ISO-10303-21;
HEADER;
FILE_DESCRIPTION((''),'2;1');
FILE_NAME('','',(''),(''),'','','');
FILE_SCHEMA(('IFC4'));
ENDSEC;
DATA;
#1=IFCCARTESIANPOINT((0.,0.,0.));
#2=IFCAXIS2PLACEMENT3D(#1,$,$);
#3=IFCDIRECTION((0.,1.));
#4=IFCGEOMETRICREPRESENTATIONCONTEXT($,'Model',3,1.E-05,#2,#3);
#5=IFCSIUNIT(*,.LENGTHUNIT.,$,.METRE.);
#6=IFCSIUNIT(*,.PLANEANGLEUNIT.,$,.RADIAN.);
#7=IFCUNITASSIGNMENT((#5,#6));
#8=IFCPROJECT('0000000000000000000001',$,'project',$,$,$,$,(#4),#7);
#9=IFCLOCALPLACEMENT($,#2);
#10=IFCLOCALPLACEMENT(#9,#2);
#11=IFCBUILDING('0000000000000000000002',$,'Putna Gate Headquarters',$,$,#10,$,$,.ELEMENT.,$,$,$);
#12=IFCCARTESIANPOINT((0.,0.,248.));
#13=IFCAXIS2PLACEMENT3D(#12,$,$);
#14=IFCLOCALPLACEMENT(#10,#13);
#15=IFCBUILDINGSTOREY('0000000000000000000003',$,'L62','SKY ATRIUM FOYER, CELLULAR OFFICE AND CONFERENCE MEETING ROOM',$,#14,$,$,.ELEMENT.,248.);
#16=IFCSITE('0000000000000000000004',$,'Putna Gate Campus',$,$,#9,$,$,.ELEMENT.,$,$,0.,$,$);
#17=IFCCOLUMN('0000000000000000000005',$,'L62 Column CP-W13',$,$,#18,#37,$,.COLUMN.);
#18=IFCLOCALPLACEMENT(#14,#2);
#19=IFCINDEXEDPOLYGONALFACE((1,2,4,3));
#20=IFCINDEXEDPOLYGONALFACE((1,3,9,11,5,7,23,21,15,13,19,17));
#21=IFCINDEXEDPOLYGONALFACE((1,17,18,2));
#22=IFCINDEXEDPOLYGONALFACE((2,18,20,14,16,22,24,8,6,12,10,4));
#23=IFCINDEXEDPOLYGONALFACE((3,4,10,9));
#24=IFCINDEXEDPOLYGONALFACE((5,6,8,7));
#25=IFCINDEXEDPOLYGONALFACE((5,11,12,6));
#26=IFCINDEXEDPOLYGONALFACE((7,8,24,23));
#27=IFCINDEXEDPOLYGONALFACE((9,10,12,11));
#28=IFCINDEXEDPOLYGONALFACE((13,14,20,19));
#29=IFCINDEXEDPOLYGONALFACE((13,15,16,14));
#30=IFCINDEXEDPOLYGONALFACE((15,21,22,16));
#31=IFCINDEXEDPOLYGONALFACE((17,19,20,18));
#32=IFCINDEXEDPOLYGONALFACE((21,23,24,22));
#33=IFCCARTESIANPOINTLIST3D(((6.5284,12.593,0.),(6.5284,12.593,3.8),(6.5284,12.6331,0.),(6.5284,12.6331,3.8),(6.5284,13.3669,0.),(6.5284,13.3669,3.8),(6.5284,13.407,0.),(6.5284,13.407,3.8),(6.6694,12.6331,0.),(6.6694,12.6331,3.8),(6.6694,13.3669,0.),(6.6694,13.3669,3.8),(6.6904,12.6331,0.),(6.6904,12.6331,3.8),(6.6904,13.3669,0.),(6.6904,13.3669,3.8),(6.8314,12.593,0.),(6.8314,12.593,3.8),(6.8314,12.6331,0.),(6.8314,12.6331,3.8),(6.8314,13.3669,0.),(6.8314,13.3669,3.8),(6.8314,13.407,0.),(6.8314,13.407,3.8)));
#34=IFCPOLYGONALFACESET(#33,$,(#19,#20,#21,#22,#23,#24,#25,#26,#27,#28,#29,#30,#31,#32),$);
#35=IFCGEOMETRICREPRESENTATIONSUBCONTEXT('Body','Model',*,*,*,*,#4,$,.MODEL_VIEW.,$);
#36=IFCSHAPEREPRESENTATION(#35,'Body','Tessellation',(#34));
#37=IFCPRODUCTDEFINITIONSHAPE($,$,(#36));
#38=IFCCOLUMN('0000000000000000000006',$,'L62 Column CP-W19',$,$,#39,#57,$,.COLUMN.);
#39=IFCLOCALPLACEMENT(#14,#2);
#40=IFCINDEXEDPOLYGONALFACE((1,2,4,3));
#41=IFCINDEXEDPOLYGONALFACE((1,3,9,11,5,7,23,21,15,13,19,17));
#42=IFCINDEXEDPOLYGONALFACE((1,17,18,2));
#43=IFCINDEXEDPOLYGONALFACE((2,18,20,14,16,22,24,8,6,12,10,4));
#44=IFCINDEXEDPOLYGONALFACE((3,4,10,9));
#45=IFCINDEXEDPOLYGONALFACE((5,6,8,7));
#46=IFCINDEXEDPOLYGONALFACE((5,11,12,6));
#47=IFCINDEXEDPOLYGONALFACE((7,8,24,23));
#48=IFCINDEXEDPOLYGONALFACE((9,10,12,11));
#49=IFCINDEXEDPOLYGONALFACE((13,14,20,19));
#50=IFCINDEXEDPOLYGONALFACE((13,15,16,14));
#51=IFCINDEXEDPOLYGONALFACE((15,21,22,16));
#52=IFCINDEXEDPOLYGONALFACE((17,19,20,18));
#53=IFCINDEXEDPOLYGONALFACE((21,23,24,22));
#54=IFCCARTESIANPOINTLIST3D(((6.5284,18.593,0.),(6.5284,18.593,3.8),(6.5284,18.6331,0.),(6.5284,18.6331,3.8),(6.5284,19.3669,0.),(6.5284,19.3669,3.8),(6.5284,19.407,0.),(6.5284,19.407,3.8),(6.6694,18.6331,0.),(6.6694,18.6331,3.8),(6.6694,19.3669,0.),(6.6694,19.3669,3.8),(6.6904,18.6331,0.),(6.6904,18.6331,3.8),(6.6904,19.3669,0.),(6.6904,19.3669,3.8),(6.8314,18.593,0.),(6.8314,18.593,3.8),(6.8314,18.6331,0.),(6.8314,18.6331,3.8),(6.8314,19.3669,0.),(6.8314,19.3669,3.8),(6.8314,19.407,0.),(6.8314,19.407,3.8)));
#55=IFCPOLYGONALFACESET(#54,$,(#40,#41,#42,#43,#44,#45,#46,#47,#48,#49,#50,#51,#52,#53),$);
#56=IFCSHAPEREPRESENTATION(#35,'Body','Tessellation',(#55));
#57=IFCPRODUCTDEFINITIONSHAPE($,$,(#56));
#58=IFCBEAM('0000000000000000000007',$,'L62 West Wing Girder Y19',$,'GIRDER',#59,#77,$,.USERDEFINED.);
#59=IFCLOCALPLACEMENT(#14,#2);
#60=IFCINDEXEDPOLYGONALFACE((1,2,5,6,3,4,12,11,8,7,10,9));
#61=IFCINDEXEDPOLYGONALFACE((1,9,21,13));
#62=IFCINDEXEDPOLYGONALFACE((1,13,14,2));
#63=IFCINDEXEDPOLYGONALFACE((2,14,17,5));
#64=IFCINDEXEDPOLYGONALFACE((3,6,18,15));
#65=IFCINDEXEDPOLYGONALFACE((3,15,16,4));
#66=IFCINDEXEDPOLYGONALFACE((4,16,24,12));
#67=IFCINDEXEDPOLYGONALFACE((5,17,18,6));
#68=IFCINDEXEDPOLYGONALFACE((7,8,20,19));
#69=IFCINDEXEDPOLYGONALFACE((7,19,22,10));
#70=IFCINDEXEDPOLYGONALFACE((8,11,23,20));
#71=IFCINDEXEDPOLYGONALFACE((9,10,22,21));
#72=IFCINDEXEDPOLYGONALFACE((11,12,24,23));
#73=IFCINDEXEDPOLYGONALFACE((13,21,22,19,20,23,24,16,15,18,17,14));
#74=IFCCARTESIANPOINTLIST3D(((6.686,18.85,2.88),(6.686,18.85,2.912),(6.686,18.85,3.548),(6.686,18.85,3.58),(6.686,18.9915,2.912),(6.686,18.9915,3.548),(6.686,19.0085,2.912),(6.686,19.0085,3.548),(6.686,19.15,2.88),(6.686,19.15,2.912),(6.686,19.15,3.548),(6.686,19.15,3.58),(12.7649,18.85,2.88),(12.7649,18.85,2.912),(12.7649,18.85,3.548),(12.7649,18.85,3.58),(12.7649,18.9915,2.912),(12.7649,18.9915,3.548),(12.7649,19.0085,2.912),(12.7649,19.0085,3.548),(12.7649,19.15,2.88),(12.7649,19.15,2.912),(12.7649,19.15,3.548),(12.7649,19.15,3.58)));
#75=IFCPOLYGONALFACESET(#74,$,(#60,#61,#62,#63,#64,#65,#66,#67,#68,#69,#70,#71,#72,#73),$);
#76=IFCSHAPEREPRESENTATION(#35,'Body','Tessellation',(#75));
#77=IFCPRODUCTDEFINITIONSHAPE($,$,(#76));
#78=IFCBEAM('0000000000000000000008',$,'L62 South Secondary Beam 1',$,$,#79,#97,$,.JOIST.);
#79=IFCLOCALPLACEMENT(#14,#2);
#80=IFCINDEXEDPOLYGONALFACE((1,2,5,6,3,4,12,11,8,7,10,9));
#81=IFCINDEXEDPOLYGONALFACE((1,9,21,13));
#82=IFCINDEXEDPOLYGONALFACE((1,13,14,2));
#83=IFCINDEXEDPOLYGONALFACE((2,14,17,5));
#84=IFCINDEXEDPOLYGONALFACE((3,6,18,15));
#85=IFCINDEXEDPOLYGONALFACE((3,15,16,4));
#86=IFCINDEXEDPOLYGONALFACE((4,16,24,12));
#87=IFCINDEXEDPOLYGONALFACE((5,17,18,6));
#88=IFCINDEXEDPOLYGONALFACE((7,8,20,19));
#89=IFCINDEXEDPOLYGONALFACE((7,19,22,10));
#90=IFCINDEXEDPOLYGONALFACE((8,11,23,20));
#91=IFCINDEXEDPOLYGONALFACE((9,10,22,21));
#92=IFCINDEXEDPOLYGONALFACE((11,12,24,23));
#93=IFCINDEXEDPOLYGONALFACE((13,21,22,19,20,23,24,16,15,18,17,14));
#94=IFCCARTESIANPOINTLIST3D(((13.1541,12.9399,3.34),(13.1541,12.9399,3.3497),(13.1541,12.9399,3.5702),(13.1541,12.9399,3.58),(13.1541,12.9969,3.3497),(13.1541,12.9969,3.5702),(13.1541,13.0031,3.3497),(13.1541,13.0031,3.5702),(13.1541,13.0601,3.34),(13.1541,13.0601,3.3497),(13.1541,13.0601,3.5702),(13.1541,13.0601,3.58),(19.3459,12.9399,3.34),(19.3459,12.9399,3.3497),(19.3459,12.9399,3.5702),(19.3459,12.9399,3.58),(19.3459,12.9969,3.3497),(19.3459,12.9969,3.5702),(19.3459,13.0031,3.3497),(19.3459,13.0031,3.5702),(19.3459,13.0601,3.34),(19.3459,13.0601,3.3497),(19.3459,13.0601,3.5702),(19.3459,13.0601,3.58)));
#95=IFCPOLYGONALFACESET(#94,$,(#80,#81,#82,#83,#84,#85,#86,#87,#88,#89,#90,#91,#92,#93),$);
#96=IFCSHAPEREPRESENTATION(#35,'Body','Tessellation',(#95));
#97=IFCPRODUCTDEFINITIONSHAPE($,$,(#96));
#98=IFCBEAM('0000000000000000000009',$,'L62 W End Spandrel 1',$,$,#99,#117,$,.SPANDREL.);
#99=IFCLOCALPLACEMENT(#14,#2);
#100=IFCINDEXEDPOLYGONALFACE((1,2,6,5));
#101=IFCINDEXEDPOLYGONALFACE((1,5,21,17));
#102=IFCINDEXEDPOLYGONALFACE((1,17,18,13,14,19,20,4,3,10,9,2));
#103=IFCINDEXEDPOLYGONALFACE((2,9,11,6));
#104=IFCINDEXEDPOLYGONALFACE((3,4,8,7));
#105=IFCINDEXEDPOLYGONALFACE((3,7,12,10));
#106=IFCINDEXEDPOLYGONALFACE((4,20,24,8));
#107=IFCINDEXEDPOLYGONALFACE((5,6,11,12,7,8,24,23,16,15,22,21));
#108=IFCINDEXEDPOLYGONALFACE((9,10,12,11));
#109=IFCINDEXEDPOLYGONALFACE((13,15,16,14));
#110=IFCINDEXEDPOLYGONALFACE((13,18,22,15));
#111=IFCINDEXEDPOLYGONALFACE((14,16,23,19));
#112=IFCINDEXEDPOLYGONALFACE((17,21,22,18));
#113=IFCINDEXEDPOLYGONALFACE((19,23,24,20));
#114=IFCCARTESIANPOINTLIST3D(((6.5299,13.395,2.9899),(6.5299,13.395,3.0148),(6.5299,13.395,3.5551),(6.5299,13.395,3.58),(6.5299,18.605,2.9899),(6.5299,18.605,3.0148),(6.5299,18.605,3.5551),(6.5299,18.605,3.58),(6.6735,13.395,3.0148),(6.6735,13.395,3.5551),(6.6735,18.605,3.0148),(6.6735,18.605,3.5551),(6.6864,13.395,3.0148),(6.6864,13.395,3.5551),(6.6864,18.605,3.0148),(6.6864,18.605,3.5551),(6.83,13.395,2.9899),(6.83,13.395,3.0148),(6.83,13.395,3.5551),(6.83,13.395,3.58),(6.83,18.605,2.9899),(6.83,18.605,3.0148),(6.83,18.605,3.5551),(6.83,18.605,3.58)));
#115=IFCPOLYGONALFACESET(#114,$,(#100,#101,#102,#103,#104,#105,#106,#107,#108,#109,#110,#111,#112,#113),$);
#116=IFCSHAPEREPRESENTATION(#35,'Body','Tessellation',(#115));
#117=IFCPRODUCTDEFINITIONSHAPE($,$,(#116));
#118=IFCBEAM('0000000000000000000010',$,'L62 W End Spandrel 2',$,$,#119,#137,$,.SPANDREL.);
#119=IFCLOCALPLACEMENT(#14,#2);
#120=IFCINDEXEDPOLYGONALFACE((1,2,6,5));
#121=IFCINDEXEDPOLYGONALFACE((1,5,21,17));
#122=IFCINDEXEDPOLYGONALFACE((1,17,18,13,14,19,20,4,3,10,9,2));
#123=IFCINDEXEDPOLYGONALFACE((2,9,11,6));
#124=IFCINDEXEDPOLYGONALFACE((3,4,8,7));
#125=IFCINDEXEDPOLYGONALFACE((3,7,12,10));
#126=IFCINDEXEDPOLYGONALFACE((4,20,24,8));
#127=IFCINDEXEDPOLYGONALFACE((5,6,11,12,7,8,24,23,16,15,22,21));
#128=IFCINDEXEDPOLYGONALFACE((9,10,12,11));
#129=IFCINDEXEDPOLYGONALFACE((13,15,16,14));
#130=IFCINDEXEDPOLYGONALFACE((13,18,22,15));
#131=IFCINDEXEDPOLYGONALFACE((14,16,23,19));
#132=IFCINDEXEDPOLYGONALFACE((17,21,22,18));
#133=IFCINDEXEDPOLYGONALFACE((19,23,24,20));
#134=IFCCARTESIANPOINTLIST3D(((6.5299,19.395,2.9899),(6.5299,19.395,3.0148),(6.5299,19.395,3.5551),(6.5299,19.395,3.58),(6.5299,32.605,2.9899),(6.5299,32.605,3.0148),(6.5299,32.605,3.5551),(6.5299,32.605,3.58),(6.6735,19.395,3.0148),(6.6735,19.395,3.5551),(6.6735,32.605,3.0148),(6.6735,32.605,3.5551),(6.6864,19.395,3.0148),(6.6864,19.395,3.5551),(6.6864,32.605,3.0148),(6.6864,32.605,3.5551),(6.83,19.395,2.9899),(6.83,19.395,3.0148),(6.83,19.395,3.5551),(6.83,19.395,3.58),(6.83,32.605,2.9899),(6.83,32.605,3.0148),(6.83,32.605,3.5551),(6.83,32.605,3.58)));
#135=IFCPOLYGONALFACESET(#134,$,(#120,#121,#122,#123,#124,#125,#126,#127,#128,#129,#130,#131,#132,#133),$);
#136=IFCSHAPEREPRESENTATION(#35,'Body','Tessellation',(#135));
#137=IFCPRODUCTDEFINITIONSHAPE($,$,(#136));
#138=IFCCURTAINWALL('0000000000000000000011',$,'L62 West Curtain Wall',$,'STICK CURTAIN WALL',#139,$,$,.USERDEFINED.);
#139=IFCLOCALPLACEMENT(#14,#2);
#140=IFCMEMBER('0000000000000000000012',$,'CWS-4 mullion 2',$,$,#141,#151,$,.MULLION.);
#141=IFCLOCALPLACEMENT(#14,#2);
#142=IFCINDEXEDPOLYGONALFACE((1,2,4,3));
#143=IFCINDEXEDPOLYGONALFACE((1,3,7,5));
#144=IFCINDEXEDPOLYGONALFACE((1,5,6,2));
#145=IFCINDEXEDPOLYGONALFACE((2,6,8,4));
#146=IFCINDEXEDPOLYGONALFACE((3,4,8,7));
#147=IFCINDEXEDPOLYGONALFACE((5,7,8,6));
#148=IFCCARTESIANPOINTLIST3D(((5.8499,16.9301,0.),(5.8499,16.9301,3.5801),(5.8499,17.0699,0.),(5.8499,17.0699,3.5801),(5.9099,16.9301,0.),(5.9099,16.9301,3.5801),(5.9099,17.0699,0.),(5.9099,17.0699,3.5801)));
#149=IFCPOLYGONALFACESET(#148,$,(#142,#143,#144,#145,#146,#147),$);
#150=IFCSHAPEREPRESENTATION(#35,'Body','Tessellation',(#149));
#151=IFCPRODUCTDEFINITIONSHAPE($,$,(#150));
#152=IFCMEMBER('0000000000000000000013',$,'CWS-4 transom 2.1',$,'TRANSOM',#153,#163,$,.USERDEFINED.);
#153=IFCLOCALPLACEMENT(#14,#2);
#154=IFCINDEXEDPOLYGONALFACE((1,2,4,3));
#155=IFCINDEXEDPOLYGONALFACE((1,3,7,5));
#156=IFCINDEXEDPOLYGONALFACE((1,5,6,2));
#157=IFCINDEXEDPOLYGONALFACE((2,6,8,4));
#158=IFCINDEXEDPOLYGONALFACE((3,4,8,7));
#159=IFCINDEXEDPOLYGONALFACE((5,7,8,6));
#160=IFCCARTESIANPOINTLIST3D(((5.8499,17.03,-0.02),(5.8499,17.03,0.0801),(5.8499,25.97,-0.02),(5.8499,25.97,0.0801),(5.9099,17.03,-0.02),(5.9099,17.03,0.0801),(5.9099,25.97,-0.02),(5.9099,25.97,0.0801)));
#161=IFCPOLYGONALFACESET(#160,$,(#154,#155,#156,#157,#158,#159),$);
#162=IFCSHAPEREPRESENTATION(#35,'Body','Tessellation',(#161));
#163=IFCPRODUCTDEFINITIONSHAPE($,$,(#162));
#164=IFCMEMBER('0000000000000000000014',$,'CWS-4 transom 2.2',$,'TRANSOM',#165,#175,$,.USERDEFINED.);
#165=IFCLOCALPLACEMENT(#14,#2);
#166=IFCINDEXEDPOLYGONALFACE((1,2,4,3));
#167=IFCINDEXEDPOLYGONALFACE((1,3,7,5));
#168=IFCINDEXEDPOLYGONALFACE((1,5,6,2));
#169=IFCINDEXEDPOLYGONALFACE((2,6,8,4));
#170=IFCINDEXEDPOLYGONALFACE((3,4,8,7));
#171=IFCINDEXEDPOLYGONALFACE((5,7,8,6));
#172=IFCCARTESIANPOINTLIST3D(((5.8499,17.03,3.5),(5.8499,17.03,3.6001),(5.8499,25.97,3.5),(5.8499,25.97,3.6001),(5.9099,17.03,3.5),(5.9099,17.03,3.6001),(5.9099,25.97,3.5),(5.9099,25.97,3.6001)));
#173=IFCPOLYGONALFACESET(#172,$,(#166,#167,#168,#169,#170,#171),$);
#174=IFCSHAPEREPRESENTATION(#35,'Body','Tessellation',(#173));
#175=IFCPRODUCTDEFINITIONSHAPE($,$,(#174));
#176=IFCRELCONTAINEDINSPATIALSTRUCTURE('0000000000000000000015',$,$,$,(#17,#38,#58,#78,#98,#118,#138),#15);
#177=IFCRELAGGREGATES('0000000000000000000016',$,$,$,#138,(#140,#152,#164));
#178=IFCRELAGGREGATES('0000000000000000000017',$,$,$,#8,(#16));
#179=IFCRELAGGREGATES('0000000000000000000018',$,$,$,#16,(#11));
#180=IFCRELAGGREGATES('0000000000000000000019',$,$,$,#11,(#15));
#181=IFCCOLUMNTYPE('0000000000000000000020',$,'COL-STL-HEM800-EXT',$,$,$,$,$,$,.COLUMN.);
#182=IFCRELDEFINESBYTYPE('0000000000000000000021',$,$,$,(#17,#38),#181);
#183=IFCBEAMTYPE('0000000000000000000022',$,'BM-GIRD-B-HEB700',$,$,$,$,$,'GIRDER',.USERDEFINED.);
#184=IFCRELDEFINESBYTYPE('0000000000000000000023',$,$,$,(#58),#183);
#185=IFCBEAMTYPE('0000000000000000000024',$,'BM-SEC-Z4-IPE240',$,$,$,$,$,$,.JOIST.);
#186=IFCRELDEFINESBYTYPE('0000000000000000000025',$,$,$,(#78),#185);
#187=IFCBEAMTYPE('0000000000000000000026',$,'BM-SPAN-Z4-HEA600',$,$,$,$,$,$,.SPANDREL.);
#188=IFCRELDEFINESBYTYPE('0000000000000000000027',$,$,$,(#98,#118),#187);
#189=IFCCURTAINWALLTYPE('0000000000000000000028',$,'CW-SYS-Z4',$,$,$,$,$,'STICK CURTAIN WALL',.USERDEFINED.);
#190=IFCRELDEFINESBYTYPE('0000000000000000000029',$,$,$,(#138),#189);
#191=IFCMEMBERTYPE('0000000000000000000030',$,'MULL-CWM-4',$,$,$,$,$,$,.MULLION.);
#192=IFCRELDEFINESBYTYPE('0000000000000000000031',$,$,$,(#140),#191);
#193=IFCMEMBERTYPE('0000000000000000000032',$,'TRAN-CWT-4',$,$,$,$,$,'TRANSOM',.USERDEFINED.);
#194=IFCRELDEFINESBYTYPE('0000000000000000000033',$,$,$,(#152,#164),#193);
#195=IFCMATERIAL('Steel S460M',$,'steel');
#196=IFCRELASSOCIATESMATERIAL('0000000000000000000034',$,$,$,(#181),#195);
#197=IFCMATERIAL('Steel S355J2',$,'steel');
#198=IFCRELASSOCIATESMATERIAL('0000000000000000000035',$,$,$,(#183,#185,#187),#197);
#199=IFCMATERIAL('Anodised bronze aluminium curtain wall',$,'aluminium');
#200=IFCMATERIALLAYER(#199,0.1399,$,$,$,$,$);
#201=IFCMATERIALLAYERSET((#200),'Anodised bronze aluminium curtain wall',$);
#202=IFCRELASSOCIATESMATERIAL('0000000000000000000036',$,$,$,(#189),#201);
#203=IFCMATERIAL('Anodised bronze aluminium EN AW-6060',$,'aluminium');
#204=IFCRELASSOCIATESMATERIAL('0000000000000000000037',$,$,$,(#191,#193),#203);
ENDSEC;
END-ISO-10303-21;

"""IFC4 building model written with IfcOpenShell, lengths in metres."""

from ifc_helpers import new_model, si_unit, direction, frame, origin, origin_2d, place, context, subcontext, project, spatial, rectangle, i_section, extrude, material, layer, layer_set, material_profile, profile_set, type_object, element, aggregate, save


model = new_model("IFC4")

# Units and contexts
model_context = context("Model", 3, precision=1e-05, world=origin(), true_north=direction((0.0, 1.0)))
body_context = subcontext(model_context, "Body", "Model", "MODEL_VIEW")
ifc_project = project(units=[si_unit("LENGTHUNIT", "METRE"), si_unit("PLANEANGLEUNIT", "RADIAN")], contexts=[model_context])

# Site, building, storey
site_placement = place(None, origin())
site = spatial("IfcSite", under=ifc_project, at=site_placement, Name="Putna Gate Campus", CompositionType="ELEMENT", RefElevation=0.0)
building_placement = place(site_placement, origin())
building = spatial("IfcBuilding", under=site, at=building_placement, Name="Putna Gate Headquarters", CompositionType="ELEMENT")
storey_placement = place(building_placement, frame((0.0, 0.0, 248.0)))
storey = spatial("IfcBuildingStorey", under=building, at=storey_placement, Name="L62", Description="SKY ATRIUM FOYER, CELLULAR OFFICE AND CONFERENCE MEETING ROOM", CompositionType="ELEMENT", Elevation=248.0)

# Columns
ifc_material_1 = material(Name="Steel S460M", Category="steel")
ifc_material_profile_1 = material_profile(ifc_material_1, i_section(OverallWidth=0.303, OverallDepth=0.814, WebThickness=0.021, FlangeThickness=0.04, at=origin_2d()), Name="Steel S460M")
ifc_profile_set_1 = profile_set([ifc_material_profile_1], Name="Steel S460M")
column_type = type_object("IfcColumnType", Name="COL-STL-HEM800-EXT", PredefinedType="COLUMN", material=ifc_profile_set_1)
for number, where, z_axis, x_axis, name in (
    (1, (6.6799, 13.0, 0.0), (0.0, 0.0, 1.0), (1.0, 0.0, 0.0), "L62 Column CP-W13"),
    (2, (6.6799, 19.0, 0.0), (0.0, 0.0, 1.0), (1.0, 0.0, 0.0), "L62 Column CP-W19"),
):
    element("IfcColumn", number, at=place(storey_placement, frame(where, z_axis=z_axis, x_axis=x_axis)), inside=storey, type_object=column_type, Name=name, PredefinedType="COLUMN", context=body_context, shape_type="SweptSolid", body=[
        extrude(i_section(OverallWidth=0.303, OverallDepth=0.814, WebThickness=0.021, FlangeThickness=0.04, at=origin_2d()), origin(), (0.0, 0.0, 1.0), 3.8),
    ])

# Beams
ifc_material_2 = material(Name="Steel S355J2", Category="steel")
ifc_material_profile_2 = material_profile(ifc_material_2, i_section(OverallWidth=0.3, OverallDepth=0.7, WebThickness=0.0171, FlangeThickness=0.032, at=origin_2d()), Name="Steel S355J2")
ifc_profile_set_2 = profile_set([ifc_material_profile_2], Name="Steel S355J2")
beam_type_1 = type_object("IfcBeamType", Name="BM-GIRD-B-HEB700", ElementType="GIRDER", PredefinedType="USERDEFINED", material=ifc_profile_set_2)
beam_1_placement = place(storey_placement, frame((6.686, 19.0, 3.23), z_axis=(1.0, 0.0, 0.0), x_axis=(0.0, 1.0, 0.0)))
element("IfcBeam", 3, at=beam_1_placement, inside=storey, type_object=beam_type_1, Name="L62 West Wing Girder Y19", ObjectType="GIRDER", PredefinedType="USERDEFINED", context=body_context, shape_type="SweptSolid", body=[
    extrude(i_section(OverallWidth=0.3, OverallDepth=0.7, WebThickness=0.0171, FlangeThickness=0.032, at=origin_2d()), origin(), (0.0, 0.0, 1.0), 6.0789),
])
ifc_material_profile_3 = material_profile(ifc_material_2, i_section(OverallWidth=0.1201, OverallDepth=0.24, WebThickness=0.0061, FlangeThickness=0.0098, at=origin_2d()), Name="Steel S355J2")
ifc_profile_set_3 = profile_set([ifc_material_profile_3], Name="Steel S355J2")
beam_type_2 = type_object("IfcBeamType", Name="BM-SEC-Z4-IPE240", PredefinedType="JOIST", material=ifc_profile_set_3)
beam_2_placement = place(storey_placement, frame((13.1541, 13.0, 3.46), z_axis=(1.0, 0.0, 0.0), x_axis=(0.0, 1.0, 0.0)))
element("IfcBeam", 4, at=beam_2_placement, inside=storey, type_object=beam_type_2, Name="L62 South Secondary Beam 1", PredefinedType="JOIST", context=body_context, shape_type="SweptSolid", body=[
    extrude(i_section(OverallWidth=0.1201, OverallDepth=0.24, WebThickness=0.0061, FlangeThickness=0.0098, at=origin_2d()), origin(), (0.0, 0.0, 1.0), 6.1919),
])
ifc_material_profile_4 = material_profile(ifc_material_2, i_section(OverallWidth=0.3, OverallDepth=0.5901, WebThickness=0.0129, FlangeThickness=0.0249, at=origin_2d()), Name="Steel S355J2")
ifc_profile_set_4 = profile_set([ifc_material_profile_4], Name="Steel S355J2")
beam_type_3 = type_object("IfcBeamType", Name="BM-SPAN-Z4-HEA600", PredefinedType="SPANDREL", material=ifc_profile_set_4)
beam_3_placement = place(storey_placement, frame((6.6799, 13.395, 3.2849), z_axis=(0.0, 1.0, 0.0), x_axis=(-1.0, 0.0, 0.0)))
element("IfcBeam", 5, at=beam_3_placement, inside=storey, type_object=beam_type_3, Name="L62 W End Spandrel 1", PredefinedType="SPANDREL", context=body_context, shape_type="SweptSolid", body=[
    extrude(i_section(OverallWidth=0.3, OverallDepth=0.5901, WebThickness=0.0129, FlangeThickness=0.0249, at=origin_2d()), origin(), (0.0, 0.0, 1.0), 5.21),
])
beam_4_placement = place(storey_placement, frame((6.6799, 19.395, 3.2849), z_axis=(0.0, 1.0, 0.0), x_axis=(-1.0, 0.0, 0.0)))
element("IfcBeam", 6, at=beam_4_placement, inside=storey, type_object=beam_type_3, Name="L62 W End Spandrel 2", PredefinedType="SPANDREL", context=body_context, shape_type="SweptSolid", body=[
    extrude(i_section(OverallWidth=0.3, OverallDepth=0.5901, WebThickness=0.0129, FlangeThickness=0.0249, at=origin_2d()), origin(), (0.0, 0.0, 1.0), 13.21),
])

# Curtain wall, members
ifc_material_3 = material(Name="Anodised bronze aluminium curtain wall", Category="aluminium")
ifc_layer_1 = layer(ifc_material_3, 0.1399)
ifc_layer_set_1 = layer_set([ifc_layer_1], Name="Anodised bronze aluminium curtain wall")
curtain_wall_type = type_object("IfcCurtainWallType", Name="CW-SYS-Z4", ElementType="STICK CURTAIN WALL", PredefinedType="USERDEFINED", material=ifc_layer_set_1)
curtain_wall_placement = place(storey_placement, origin())
curtain_wall = element("IfcCurtainWall", 7, at=curtain_wall_placement, inside=storey, type_object=curtain_wall_type, Name="L62 West Curtain Wall", ObjectType="STICK CURTAIN WALL", PredefinedType="USERDEFINED")
ifc_material_4 = material(Name="Anodised bronze aluminium EN AW-6060", Category="aluminium")
ifc_material_profile_5 = material_profile(ifc_material_4, rectangle(XDim=0.0601, YDim=0.1399, at=origin_2d()), Name="Anodised bronze aluminium EN AW-6060")
ifc_profile_set_5 = profile_set([ifc_material_profile_5], Name="Anodised bronze aluminium EN AW-6060")
member_type_1 = type_object("IfcMemberType", Name="MULL-CWM-4", PredefinedType="MULLION", material=ifc_profile_set_5)
member_1_placement = place(storey_placement, frame((5.8799, 17.0, 0.0), z_axis=(0.0, 0.0, 1.0), x_axis=(-1.0, 0.0, 0.0)))
member_1 = element("IfcMember", 8, at=member_1_placement, type_object=member_type_1, Name="CWS-4 mullion 2", PredefinedType="MULLION", context=body_context, shape_type="SweptSolid", body=[
    extrude(rectangle(XDim=0.0601, YDim=0.1399, at=origin_2d()), origin(), (0.0, 0.0, 1.0), 3.5801),
])
ifc_material_profile_6 = material_profile(ifc_material_4, rectangle(XDim=0.0601, YDim=0.1001, at=origin_2d()), Name="Anodised bronze aluminium EN AW-6060")
ifc_profile_set_6 = profile_set([ifc_material_profile_6], Name="Anodised bronze aluminium EN AW-6060")
member_type_2 = type_object("IfcMemberType", Name="TRAN-CWT-4", ElementType="TRANSOM", PredefinedType="USERDEFINED", material=ifc_profile_set_6)
member_2_placement = place(storey_placement, frame((5.8799, 17.03, 0.03), z_axis=(0.0, 1.0, 0.0), x_axis=(-1.0, 0.0, 0.0)))
member_2 = element("IfcMember", 9, at=member_2_placement, type_object=member_type_2, Name="CWS-4 transom 2.1", ObjectType="TRANSOM", PredefinedType="USERDEFINED", context=body_context, shape_type="SweptSolid", body=[
    extrude(rectangle(XDim=0.0601, YDim=0.1001, at=origin_2d()), origin(), (0.0, 0.0, 1.0), 8.9399),
])
member_3_placement = place(storey_placement, frame((5.8799, 17.03, 3.55), z_axis=(0.0, 1.0, 0.0), x_axis=(-1.0, 0.0, 0.0)))
member_3 = element("IfcMember", 10, at=member_3_placement, type_object=member_type_2, Name="CWS-4 transom 2.2", ObjectType="TRANSOM", PredefinedType="USERDEFINED", context=body_context, shape_type="SweptSolid", body=[
    extrude(rectangle(XDim=0.0601, YDim=0.1001, at=origin_2d()), origin(), (0.0, 0.0, 1.0), 8.9399),
])
aggregate(curtain_wall, [member_1, member_2, member_3])

save(model, "model.ifc")
